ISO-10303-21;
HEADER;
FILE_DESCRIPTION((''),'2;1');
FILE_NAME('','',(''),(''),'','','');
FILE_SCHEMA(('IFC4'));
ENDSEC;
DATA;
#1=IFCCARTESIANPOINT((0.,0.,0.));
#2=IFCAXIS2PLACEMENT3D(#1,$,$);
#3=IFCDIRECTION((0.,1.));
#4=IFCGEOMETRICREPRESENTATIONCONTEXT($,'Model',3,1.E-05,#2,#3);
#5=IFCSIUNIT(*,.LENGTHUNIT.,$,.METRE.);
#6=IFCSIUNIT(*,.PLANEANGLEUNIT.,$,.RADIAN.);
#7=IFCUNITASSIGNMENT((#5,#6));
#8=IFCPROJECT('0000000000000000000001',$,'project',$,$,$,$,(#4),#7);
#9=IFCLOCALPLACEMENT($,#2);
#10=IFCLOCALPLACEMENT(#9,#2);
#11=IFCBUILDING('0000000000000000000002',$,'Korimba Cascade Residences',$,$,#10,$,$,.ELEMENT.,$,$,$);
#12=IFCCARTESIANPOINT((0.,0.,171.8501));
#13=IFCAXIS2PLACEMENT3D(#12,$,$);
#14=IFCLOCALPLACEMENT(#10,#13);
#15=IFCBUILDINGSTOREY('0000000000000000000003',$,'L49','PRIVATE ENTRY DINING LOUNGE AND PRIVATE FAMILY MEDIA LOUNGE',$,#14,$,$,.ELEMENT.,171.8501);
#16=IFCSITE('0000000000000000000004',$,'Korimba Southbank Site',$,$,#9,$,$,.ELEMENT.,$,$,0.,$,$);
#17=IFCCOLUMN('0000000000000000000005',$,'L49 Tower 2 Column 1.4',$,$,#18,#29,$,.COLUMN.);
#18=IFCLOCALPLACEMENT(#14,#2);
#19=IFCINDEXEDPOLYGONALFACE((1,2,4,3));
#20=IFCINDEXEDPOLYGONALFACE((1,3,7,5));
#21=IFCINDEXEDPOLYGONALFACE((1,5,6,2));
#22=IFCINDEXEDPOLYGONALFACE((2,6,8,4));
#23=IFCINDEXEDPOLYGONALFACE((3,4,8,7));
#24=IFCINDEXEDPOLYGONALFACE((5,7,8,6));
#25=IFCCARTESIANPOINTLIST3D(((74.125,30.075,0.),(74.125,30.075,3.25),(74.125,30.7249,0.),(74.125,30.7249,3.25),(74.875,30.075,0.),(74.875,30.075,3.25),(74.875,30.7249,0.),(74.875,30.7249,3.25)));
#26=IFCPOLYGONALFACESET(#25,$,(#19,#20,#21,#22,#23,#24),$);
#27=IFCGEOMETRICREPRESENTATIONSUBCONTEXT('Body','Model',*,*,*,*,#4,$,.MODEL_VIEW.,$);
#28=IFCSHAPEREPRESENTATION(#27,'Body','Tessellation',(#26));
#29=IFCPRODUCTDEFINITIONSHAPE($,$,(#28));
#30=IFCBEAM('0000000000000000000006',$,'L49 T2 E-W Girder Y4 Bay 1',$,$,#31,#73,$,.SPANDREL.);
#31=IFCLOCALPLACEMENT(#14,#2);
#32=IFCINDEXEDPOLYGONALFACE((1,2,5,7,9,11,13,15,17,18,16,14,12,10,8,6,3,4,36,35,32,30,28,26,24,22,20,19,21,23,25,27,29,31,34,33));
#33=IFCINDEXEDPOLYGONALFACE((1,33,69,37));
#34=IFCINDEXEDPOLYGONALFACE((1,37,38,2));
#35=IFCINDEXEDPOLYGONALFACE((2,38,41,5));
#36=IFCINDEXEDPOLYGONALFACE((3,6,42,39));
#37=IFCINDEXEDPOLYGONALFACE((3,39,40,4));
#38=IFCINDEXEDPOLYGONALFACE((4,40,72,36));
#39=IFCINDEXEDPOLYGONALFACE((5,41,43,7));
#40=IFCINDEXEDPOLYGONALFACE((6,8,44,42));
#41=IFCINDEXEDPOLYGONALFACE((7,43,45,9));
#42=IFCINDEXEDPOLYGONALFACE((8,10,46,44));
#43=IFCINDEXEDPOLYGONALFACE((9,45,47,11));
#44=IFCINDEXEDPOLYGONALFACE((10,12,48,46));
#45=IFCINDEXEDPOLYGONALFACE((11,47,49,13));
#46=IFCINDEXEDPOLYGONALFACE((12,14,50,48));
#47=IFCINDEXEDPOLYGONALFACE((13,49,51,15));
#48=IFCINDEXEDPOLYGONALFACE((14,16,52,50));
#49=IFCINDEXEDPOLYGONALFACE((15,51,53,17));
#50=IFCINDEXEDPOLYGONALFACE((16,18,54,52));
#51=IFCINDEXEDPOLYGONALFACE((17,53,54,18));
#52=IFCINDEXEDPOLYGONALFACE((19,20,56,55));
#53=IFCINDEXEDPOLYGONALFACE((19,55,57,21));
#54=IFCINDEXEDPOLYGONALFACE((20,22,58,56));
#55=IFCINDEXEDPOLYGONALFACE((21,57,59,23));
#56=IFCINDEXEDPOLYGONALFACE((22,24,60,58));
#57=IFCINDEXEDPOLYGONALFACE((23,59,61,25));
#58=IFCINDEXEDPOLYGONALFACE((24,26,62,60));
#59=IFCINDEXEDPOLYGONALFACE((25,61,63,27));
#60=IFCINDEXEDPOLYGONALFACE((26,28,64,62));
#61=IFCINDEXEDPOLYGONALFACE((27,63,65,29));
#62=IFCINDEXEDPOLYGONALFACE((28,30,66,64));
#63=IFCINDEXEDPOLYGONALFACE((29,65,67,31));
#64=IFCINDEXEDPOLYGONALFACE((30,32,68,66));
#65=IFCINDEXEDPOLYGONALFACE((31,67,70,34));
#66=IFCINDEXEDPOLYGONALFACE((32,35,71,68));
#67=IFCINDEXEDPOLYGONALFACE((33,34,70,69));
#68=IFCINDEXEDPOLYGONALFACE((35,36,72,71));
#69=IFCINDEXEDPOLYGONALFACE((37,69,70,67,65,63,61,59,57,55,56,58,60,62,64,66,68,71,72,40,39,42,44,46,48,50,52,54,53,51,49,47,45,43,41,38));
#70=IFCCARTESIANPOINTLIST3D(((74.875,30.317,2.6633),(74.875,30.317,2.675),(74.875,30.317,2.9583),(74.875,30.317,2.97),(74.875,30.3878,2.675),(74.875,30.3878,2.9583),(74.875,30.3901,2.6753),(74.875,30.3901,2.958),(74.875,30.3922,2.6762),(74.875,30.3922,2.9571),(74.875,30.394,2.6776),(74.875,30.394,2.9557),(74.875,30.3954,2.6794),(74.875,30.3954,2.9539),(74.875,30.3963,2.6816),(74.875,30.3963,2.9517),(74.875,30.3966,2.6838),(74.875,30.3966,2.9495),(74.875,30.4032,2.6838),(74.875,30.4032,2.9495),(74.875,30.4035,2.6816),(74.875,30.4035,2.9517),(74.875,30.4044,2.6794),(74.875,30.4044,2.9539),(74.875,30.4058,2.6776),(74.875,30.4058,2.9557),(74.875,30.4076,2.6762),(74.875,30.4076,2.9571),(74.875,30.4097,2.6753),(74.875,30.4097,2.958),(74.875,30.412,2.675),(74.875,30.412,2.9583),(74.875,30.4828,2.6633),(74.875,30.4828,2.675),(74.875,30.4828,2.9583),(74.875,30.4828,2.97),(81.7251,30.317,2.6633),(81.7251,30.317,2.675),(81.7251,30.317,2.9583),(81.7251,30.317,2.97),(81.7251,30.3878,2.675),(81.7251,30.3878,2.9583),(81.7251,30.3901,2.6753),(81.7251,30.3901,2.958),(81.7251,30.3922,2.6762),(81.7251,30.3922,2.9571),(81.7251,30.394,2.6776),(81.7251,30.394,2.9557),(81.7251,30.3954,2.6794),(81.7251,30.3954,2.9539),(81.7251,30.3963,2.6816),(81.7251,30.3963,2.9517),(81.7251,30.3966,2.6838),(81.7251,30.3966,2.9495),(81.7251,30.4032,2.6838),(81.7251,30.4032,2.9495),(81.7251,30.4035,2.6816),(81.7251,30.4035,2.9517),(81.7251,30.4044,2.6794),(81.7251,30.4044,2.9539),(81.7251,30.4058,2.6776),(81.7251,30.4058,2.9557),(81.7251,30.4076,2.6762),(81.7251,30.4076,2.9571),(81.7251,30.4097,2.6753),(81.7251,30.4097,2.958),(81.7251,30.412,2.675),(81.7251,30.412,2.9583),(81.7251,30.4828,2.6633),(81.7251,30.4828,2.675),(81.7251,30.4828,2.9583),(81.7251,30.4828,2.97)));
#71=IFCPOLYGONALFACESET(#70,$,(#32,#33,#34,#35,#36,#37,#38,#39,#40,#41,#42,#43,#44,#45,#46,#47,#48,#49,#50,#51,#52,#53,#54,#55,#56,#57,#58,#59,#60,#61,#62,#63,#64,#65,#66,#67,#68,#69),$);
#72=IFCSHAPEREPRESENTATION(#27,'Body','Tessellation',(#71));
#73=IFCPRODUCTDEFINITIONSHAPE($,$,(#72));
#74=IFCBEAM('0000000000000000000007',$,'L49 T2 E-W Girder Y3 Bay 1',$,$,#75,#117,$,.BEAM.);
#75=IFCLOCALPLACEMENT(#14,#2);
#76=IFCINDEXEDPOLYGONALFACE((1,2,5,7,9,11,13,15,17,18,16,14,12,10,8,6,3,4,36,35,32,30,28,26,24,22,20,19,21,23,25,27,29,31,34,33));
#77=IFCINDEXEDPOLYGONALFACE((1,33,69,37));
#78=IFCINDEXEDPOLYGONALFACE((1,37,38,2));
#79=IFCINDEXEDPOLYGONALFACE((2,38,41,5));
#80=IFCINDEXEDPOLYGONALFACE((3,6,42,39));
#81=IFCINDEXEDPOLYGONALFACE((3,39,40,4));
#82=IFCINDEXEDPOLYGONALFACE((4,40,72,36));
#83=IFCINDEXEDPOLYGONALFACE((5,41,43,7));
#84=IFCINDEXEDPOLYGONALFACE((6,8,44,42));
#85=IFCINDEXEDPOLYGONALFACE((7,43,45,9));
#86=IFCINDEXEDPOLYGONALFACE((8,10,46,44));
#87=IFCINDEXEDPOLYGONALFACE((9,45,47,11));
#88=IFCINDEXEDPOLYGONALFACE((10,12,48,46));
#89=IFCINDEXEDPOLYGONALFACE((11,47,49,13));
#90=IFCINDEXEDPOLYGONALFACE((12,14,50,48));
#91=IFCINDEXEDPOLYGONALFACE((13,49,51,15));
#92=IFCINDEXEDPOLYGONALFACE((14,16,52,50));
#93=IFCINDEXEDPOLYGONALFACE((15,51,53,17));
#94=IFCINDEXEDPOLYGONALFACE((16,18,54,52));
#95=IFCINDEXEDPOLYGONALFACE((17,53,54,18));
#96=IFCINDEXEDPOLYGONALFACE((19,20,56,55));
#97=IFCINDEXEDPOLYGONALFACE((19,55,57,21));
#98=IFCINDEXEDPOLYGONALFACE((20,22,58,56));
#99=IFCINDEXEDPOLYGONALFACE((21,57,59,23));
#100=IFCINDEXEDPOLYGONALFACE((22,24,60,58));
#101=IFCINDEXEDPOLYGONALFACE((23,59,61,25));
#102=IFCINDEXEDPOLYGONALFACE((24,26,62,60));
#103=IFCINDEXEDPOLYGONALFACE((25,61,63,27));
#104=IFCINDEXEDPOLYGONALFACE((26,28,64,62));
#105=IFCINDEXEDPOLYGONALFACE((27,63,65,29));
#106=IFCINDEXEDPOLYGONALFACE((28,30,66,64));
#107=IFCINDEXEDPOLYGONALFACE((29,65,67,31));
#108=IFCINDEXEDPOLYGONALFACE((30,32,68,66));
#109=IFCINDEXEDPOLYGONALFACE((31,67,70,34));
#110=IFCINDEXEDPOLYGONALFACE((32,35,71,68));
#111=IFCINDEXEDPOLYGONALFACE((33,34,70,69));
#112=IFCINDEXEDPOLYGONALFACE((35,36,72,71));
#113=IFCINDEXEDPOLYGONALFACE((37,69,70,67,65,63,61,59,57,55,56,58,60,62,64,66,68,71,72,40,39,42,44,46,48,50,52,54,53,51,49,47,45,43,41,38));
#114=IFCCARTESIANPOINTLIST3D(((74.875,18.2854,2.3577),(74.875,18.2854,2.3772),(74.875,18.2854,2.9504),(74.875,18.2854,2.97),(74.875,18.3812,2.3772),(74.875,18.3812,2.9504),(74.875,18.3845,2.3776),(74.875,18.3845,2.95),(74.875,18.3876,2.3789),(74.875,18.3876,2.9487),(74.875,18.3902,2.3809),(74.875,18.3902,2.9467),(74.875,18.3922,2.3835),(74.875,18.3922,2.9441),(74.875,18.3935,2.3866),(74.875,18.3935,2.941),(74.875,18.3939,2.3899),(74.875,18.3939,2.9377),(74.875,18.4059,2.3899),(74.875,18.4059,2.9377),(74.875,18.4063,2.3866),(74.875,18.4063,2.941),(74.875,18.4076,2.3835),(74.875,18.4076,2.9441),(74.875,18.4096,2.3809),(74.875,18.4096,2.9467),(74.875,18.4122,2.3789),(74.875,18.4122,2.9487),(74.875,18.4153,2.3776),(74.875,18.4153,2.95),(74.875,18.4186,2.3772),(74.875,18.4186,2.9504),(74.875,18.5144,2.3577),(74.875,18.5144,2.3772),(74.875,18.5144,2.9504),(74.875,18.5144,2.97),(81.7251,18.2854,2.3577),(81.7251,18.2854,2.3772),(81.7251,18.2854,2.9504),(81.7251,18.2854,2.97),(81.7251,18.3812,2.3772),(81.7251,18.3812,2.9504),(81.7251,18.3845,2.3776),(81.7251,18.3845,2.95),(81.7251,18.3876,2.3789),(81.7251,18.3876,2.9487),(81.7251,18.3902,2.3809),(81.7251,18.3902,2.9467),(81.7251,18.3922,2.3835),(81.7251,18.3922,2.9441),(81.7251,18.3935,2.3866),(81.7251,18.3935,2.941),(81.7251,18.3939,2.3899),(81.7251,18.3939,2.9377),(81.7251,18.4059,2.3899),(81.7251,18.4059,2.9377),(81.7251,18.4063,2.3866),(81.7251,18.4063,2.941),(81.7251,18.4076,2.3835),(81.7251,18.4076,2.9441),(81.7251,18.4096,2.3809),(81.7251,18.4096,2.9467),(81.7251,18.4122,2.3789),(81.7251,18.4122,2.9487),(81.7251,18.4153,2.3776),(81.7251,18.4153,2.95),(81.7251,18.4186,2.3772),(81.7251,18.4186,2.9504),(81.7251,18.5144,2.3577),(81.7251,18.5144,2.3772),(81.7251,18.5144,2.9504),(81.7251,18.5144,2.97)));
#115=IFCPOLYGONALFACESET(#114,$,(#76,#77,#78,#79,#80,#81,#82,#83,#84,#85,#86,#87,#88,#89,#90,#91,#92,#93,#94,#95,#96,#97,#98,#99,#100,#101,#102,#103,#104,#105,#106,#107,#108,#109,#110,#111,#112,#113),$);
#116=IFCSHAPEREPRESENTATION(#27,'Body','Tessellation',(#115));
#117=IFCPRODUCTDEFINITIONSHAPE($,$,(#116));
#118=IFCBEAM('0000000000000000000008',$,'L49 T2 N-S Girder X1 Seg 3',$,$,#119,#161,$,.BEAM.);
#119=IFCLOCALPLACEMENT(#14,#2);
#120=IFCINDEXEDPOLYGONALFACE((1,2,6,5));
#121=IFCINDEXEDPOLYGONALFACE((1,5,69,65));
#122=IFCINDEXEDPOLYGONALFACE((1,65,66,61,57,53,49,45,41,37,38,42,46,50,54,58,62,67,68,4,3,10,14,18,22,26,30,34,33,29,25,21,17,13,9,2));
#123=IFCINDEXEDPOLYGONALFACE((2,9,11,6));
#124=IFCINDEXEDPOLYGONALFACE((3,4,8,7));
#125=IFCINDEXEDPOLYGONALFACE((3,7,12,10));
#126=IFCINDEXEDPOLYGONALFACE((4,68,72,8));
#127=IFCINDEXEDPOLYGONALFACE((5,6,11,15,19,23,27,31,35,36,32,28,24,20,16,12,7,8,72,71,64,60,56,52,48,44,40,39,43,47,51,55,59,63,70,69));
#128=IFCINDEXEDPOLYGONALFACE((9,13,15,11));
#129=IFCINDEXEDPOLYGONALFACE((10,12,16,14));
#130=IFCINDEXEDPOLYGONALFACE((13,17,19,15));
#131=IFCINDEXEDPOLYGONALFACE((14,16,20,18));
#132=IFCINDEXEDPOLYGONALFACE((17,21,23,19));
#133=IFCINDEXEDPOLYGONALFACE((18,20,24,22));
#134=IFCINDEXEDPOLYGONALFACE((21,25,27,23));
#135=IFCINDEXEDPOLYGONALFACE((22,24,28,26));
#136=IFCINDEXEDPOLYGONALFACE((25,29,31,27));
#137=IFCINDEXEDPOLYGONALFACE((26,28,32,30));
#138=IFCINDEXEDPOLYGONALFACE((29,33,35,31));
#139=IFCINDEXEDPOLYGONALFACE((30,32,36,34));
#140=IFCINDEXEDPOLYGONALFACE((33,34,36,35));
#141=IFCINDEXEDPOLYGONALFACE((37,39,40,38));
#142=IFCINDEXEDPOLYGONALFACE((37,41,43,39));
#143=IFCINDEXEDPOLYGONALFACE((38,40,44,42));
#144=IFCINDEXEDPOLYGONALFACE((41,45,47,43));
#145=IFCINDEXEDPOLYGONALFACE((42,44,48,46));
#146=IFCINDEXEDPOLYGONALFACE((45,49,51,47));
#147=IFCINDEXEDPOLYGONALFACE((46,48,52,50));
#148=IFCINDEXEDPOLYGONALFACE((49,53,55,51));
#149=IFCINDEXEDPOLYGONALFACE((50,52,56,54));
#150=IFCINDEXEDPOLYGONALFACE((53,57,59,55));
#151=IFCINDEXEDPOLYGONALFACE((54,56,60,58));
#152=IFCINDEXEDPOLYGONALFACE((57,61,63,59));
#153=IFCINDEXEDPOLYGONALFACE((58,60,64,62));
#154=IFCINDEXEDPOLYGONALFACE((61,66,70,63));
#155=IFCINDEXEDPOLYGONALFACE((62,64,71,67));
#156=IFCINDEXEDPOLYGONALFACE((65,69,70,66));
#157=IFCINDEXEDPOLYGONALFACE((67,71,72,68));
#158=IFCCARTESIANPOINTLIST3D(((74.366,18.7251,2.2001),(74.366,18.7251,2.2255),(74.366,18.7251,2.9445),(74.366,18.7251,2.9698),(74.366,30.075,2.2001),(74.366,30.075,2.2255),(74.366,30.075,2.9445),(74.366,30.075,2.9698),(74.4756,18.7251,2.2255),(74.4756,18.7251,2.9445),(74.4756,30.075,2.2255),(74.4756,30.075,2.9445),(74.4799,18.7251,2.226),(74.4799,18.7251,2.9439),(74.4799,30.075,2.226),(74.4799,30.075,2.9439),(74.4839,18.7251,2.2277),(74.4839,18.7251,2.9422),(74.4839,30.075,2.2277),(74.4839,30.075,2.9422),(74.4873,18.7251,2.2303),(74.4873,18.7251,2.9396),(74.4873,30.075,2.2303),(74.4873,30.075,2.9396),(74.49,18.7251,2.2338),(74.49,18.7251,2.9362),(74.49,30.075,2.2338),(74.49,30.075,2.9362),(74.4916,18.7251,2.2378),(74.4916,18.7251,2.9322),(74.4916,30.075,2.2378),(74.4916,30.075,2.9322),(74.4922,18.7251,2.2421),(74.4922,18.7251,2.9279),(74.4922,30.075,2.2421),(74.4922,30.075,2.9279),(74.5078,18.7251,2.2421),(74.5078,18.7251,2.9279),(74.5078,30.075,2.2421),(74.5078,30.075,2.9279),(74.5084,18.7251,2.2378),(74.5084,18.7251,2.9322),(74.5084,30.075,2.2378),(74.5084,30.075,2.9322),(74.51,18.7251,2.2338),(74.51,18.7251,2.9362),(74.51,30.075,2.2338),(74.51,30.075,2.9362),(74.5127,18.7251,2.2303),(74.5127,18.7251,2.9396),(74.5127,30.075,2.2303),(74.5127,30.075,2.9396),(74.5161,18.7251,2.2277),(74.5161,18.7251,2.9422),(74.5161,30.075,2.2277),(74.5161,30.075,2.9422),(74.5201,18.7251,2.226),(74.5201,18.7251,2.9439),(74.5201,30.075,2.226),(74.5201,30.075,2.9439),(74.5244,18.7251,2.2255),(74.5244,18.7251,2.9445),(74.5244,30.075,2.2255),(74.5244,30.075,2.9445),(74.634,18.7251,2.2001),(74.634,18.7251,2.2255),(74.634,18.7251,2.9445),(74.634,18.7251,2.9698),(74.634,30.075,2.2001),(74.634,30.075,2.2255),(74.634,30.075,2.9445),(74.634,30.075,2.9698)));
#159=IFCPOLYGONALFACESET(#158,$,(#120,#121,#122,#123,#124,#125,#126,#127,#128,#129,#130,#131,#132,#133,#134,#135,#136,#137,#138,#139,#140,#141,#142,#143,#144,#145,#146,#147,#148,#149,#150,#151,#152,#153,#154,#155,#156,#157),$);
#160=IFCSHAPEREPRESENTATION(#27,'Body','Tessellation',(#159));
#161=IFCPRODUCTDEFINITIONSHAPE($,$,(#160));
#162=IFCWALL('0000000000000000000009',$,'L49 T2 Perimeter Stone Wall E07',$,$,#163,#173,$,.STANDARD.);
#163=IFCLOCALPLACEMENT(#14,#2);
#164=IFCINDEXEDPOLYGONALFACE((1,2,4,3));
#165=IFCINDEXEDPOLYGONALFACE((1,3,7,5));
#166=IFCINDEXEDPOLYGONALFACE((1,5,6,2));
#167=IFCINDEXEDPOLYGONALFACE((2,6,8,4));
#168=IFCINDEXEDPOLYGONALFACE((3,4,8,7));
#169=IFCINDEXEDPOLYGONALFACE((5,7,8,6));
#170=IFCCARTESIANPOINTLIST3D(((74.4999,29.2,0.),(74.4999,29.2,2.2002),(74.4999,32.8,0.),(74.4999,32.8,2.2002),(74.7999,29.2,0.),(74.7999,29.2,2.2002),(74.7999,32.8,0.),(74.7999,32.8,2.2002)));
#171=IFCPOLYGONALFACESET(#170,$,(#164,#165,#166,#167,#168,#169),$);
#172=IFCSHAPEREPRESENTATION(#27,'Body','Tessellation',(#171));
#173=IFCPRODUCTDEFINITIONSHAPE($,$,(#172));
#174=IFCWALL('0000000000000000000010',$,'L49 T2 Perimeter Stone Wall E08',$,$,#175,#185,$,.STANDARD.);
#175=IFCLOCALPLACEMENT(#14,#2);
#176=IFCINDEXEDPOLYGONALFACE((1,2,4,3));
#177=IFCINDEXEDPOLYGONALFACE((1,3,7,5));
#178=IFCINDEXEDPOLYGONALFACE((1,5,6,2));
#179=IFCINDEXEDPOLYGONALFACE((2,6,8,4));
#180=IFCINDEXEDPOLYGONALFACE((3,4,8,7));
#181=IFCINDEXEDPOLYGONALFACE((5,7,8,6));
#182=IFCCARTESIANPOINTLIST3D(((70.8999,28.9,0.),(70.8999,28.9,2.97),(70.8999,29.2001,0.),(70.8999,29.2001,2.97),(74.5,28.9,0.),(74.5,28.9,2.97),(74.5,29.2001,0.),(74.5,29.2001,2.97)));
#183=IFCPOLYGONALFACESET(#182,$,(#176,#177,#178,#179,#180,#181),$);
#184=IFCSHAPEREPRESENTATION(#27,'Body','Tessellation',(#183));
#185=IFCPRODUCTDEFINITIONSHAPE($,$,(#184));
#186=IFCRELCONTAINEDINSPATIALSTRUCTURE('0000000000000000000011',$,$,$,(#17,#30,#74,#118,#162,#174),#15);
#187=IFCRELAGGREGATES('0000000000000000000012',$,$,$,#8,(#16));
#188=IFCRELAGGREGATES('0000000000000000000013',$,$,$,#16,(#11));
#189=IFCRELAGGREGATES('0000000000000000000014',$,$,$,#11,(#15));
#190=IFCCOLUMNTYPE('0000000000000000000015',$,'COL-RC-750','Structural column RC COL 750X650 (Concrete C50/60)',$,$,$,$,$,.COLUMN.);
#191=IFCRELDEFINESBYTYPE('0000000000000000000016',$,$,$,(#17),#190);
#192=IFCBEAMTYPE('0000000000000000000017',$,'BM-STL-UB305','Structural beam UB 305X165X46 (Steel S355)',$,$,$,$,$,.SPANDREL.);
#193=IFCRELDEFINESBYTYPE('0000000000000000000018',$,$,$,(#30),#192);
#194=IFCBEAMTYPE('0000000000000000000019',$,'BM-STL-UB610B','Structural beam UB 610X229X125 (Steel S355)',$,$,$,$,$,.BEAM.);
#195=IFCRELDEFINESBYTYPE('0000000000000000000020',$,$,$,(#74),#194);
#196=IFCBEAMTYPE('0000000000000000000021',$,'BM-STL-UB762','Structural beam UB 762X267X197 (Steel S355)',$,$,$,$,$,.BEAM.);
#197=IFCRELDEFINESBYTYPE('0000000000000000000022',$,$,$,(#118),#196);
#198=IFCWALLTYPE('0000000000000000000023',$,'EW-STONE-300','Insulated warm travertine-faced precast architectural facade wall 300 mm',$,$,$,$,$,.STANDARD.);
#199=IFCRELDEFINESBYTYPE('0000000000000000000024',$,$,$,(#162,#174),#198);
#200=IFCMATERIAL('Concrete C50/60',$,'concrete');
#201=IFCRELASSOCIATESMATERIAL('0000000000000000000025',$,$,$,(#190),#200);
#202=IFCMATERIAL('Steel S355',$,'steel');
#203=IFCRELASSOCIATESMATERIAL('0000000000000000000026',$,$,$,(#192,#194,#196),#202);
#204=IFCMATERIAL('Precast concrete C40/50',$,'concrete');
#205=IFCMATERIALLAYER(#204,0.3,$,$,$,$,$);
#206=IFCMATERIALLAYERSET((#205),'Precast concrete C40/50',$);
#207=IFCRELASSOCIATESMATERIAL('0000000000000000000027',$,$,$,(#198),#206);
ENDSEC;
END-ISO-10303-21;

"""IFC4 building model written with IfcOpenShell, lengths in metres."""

from ifc_helpers import new_model, si_unit, direction, frame, frame_2d, origin, origin_2d, place, context, subcontext, project, spatial, rectangle, i_section, extrude, material, layer, layer_set, material_profile, profile_set, type_object, element, save


model = new_model("IFC4")

# Units and contexts
model_context = context("Model", 3, precision=1e-05, world=origin(), true_north=direction((0.0, 1.0)))
body_context = subcontext(model_context, "Body", "Model", "MODEL_VIEW")
ifc_project = project(units=[si_unit("LENGTHUNIT", "METRE"), si_unit("PLANEANGLEUNIT", "RADIAN")], contexts=[model_context])

# Site, building, storey
site_placement = place(None, origin())
site = spatial("IfcSite", under=ifc_project, at=site_placement, Name="Korimba Southbank Site", CompositionType="ELEMENT", RefElevation=0.0)
building_placement = place(site_placement, origin())
building = spatial("IfcBuilding", under=site, at=building_placement, Name="Korimba Cascade Residences", CompositionType="ELEMENT")
storey_placement = place(building_placement, frame((0.0, 0.0, 171.8501)))
storey = spatial("IfcBuildingStorey", under=building, at=storey_placement, Name="L49", Description="PRIVATE ENTRY DINING LOUNGE AND PRIVATE FAMILY MEDIA LOUNGE", CompositionType="ELEMENT", Elevation=171.8501)

# Column
ifc_material_1 = material(Name="Concrete C50/60", Category="concrete")
ifc_material_profile_1 = material_profile(ifc_material_1, rectangle(XDim=0.75, YDim=0.6499, at=origin_2d()), Name="Concrete C50/60")
ifc_profile_set_1 = profile_set([ifc_material_profile_1], Name="Concrete C50/60")
column_type = type_object("IfcColumnType", Name="COL-RC-750", Description="Structural column RC COL 750X650 (Concrete C50/60)", PredefinedType="COLUMN", material=ifc_profile_set_1)
column_placement = place(storey_placement, frame((74.5, 30.3999, 0.0), z_axis=(0.0, 0.0, 1.0), x_axis=(1.0, 0.0, 0.0)))
element("IfcColumn", 1, at=column_placement, inside=storey, type_object=column_type, Name="L49 Tower 2 Column 1.4", PredefinedType="COLUMN", context=body_context, shape_type="SweptSolid", body=[
    extrude(rectangle(XDim=0.75, YDim=0.6499, at=origin_2d()), origin(), (0.0, 0.0, 1.0), 3.25),
])

# Beams
ifc_material_2 = material(Name="Steel S355", Category="steel")
ifc_material_profile_2 = material_profile(ifc_material_2, i_section(OverallWidth=0.1658, OverallDepth=0.3066, WebThickness=0.0066, FlangeThickness=0.0117, FilletRadius=0.0088, at=origin_2d()), Name="Steel S355")
ifc_profile_set_2 = profile_set([ifc_material_profile_2], Name="Steel S355")
beam_type_1 = type_object("IfcBeamType", Name="BM-STL-UB305", Description="Structural beam UB 305X165X46 (Steel S355)", PredefinedType="SPANDREL", material=ifc_profile_set_2)
beam_1_placement = place(storey_placement, frame((74.875, 30.3999, 2.8167), z_axis=(1.0, 0.0, 0.0), x_axis=(0.0, 1.0, 0.0)))
element("IfcBeam", 2, at=beam_1_placement, inside=storey, type_object=beam_type_1, Name="L49 T2 E-W Girder Y4 Bay 1", PredefinedType="SPANDREL", context=body_context, shape_type="SweptSolid", body=[
    extrude(i_section(OverallWidth=0.1658, OverallDepth=0.3066, WebThickness=0.0066, FlangeThickness=0.0117, FilletRadius=0.0088, at=origin_2d()), origin(), (0.0, 0.0, 1.0), 6.8501),
])
ifc_material_profile_3 = material_profile(ifc_material_2, i_section(OverallWidth=0.229, OverallDepth=0.6123, WebThickness=0.012, FlangeThickness=0.0195, FilletRadius=0.0127, at=origin_2d()), Name="Steel S355")
ifc_profile_set_3 = profile_set([ifc_material_profile_3], Name="Steel S355")
beam_type_2 = type_object("IfcBeamType", Name="BM-STL-UB610B", Description="Structural beam UB 610X229X125 (Steel S355)", PredefinedType="BEAM", material=ifc_profile_set_3)
beam_2_placement = place(storey_placement, frame((74.875, 18.3999, 2.6638), z_axis=(1.0, 0.0, 0.0), x_axis=(0.0, 1.0, 0.0)))
element("IfcBeam", 3, at=beam_2_placement, inside=storey, type_object=beam_type_2, Name="L49 T2 E-W Girder Y3 Bay 1", PredefinedType="BEAM", context=body_context, shape_type="SweptSolid", body=[
    extrude(i_section(OverallWidth=0.229, OverallDepth=0.6123, WebThickness=0.012, FlangeThickness=0.0195, FilletRadius=0.0127, at=origin_2d()), origin(), (0.0, 0.0, 1.0), 6.8501),
])
ifc_material_profile_4 = material_profile(ifc_material_2, i_section(OverallWidth=0.2681, OverallDepth=0.7698, WebThickness=0.0156, FlangeThickness=0.0254, FilletRadius=0.0166, at=origin_2d()), Name="Steel S355")
ifc_profile_set_4 = profile_set([ifc_material_profile_4], Name="Steel S355")
beam_type_3 = type_object("IfcBeamType", Name="BM-STL-UB762", Description="Structural beam UB 762X267X197 (Steel S355)", PredefinedType="BEAM", material=ifc_profile_set_4)
beam_3_placement = place(storey_placement, frame((74.5, 18.7251, 2.585), z_axis=(0.0, 1.0, 0.0), x_axis=(-1.0, 0.0, 0.0)))
element("IfcBeam", 4, at=beam_3_placement, inside=storey, type_object=beam_type_3, Name="L49 T2 N-S Girder X1 Seg 3", PredefinedType="BEAM", context=body_context, shape_type="SweptSolid", body=[
    extrude(i_section(OverallWidth=0.2681, OverallDepth=0.7698, WebThickness=0.0156, FlangeThickness=0.0254, FilletRadius=0.0166, at=origin_2d()), origin(), (0.0, 0.0, 1.0), 11.3499),
])

# Walls
ifc_material_3 = material(Name="Precast concrete C40/50", Category="concrete")
ifc_layer_1 = layer(ifc_material_3, 0.3)
ifc_layer_set_1 = layer_set([ifc_layer_1], Name="Precast concrete C40/50")
wall_type_1 = type_object("IfcWallType", Name="EW-STONE-300", Description="Insulated warm travertine-faced precast architectural facade wall 300 mm", PredefinedType="STANDARD", material=ifc_layer_set_1)
wall_1_placement = place(storey_placement, frame((74.6499, 32.8, 0.0), z_axis=(0.0, 0.0, 1.0), x_axis=(0.0, -1.0, 0.0)))
element("IfcWall", 5, at=wall_1_placement, inside=storey, type_object=wall_type_1, Name="L49 T2 Perimeter Stone Wall E07", PredefinedType="STANDARD", context=body_context, shape_type="SweptSolid", body=[
    extrude(rectangle(XDim=3.6001, YDim=0.3, at=frame_2d((1.8, 0.0))), origin(), (0.0, 0.0, 1.0), 2.2002),
])
wall_2_placement = place(storey_placement, frame((74.5, 29.05, 0.0), z_axis=(0.0, 0.0, 1.0), x_axis=(-1.0, 0.0, 0.0)))
element("IfcWall", 6, at=wall_2_placement, inside=storey, type_object=wall_type_1, Name="L49 T2 Perimeter Stone Wall E08", PredefinedType="STANDARD", context=body_context, shape_type="SweptSolid", body=[
    extrude(rectangle(XDim=3.6001, YDim=0.3, at=frame_2d((1.8, 0.0))), origin(), (0.0, 0.0, 1.0), 2.97),
])

save(model, "model.ifc")
